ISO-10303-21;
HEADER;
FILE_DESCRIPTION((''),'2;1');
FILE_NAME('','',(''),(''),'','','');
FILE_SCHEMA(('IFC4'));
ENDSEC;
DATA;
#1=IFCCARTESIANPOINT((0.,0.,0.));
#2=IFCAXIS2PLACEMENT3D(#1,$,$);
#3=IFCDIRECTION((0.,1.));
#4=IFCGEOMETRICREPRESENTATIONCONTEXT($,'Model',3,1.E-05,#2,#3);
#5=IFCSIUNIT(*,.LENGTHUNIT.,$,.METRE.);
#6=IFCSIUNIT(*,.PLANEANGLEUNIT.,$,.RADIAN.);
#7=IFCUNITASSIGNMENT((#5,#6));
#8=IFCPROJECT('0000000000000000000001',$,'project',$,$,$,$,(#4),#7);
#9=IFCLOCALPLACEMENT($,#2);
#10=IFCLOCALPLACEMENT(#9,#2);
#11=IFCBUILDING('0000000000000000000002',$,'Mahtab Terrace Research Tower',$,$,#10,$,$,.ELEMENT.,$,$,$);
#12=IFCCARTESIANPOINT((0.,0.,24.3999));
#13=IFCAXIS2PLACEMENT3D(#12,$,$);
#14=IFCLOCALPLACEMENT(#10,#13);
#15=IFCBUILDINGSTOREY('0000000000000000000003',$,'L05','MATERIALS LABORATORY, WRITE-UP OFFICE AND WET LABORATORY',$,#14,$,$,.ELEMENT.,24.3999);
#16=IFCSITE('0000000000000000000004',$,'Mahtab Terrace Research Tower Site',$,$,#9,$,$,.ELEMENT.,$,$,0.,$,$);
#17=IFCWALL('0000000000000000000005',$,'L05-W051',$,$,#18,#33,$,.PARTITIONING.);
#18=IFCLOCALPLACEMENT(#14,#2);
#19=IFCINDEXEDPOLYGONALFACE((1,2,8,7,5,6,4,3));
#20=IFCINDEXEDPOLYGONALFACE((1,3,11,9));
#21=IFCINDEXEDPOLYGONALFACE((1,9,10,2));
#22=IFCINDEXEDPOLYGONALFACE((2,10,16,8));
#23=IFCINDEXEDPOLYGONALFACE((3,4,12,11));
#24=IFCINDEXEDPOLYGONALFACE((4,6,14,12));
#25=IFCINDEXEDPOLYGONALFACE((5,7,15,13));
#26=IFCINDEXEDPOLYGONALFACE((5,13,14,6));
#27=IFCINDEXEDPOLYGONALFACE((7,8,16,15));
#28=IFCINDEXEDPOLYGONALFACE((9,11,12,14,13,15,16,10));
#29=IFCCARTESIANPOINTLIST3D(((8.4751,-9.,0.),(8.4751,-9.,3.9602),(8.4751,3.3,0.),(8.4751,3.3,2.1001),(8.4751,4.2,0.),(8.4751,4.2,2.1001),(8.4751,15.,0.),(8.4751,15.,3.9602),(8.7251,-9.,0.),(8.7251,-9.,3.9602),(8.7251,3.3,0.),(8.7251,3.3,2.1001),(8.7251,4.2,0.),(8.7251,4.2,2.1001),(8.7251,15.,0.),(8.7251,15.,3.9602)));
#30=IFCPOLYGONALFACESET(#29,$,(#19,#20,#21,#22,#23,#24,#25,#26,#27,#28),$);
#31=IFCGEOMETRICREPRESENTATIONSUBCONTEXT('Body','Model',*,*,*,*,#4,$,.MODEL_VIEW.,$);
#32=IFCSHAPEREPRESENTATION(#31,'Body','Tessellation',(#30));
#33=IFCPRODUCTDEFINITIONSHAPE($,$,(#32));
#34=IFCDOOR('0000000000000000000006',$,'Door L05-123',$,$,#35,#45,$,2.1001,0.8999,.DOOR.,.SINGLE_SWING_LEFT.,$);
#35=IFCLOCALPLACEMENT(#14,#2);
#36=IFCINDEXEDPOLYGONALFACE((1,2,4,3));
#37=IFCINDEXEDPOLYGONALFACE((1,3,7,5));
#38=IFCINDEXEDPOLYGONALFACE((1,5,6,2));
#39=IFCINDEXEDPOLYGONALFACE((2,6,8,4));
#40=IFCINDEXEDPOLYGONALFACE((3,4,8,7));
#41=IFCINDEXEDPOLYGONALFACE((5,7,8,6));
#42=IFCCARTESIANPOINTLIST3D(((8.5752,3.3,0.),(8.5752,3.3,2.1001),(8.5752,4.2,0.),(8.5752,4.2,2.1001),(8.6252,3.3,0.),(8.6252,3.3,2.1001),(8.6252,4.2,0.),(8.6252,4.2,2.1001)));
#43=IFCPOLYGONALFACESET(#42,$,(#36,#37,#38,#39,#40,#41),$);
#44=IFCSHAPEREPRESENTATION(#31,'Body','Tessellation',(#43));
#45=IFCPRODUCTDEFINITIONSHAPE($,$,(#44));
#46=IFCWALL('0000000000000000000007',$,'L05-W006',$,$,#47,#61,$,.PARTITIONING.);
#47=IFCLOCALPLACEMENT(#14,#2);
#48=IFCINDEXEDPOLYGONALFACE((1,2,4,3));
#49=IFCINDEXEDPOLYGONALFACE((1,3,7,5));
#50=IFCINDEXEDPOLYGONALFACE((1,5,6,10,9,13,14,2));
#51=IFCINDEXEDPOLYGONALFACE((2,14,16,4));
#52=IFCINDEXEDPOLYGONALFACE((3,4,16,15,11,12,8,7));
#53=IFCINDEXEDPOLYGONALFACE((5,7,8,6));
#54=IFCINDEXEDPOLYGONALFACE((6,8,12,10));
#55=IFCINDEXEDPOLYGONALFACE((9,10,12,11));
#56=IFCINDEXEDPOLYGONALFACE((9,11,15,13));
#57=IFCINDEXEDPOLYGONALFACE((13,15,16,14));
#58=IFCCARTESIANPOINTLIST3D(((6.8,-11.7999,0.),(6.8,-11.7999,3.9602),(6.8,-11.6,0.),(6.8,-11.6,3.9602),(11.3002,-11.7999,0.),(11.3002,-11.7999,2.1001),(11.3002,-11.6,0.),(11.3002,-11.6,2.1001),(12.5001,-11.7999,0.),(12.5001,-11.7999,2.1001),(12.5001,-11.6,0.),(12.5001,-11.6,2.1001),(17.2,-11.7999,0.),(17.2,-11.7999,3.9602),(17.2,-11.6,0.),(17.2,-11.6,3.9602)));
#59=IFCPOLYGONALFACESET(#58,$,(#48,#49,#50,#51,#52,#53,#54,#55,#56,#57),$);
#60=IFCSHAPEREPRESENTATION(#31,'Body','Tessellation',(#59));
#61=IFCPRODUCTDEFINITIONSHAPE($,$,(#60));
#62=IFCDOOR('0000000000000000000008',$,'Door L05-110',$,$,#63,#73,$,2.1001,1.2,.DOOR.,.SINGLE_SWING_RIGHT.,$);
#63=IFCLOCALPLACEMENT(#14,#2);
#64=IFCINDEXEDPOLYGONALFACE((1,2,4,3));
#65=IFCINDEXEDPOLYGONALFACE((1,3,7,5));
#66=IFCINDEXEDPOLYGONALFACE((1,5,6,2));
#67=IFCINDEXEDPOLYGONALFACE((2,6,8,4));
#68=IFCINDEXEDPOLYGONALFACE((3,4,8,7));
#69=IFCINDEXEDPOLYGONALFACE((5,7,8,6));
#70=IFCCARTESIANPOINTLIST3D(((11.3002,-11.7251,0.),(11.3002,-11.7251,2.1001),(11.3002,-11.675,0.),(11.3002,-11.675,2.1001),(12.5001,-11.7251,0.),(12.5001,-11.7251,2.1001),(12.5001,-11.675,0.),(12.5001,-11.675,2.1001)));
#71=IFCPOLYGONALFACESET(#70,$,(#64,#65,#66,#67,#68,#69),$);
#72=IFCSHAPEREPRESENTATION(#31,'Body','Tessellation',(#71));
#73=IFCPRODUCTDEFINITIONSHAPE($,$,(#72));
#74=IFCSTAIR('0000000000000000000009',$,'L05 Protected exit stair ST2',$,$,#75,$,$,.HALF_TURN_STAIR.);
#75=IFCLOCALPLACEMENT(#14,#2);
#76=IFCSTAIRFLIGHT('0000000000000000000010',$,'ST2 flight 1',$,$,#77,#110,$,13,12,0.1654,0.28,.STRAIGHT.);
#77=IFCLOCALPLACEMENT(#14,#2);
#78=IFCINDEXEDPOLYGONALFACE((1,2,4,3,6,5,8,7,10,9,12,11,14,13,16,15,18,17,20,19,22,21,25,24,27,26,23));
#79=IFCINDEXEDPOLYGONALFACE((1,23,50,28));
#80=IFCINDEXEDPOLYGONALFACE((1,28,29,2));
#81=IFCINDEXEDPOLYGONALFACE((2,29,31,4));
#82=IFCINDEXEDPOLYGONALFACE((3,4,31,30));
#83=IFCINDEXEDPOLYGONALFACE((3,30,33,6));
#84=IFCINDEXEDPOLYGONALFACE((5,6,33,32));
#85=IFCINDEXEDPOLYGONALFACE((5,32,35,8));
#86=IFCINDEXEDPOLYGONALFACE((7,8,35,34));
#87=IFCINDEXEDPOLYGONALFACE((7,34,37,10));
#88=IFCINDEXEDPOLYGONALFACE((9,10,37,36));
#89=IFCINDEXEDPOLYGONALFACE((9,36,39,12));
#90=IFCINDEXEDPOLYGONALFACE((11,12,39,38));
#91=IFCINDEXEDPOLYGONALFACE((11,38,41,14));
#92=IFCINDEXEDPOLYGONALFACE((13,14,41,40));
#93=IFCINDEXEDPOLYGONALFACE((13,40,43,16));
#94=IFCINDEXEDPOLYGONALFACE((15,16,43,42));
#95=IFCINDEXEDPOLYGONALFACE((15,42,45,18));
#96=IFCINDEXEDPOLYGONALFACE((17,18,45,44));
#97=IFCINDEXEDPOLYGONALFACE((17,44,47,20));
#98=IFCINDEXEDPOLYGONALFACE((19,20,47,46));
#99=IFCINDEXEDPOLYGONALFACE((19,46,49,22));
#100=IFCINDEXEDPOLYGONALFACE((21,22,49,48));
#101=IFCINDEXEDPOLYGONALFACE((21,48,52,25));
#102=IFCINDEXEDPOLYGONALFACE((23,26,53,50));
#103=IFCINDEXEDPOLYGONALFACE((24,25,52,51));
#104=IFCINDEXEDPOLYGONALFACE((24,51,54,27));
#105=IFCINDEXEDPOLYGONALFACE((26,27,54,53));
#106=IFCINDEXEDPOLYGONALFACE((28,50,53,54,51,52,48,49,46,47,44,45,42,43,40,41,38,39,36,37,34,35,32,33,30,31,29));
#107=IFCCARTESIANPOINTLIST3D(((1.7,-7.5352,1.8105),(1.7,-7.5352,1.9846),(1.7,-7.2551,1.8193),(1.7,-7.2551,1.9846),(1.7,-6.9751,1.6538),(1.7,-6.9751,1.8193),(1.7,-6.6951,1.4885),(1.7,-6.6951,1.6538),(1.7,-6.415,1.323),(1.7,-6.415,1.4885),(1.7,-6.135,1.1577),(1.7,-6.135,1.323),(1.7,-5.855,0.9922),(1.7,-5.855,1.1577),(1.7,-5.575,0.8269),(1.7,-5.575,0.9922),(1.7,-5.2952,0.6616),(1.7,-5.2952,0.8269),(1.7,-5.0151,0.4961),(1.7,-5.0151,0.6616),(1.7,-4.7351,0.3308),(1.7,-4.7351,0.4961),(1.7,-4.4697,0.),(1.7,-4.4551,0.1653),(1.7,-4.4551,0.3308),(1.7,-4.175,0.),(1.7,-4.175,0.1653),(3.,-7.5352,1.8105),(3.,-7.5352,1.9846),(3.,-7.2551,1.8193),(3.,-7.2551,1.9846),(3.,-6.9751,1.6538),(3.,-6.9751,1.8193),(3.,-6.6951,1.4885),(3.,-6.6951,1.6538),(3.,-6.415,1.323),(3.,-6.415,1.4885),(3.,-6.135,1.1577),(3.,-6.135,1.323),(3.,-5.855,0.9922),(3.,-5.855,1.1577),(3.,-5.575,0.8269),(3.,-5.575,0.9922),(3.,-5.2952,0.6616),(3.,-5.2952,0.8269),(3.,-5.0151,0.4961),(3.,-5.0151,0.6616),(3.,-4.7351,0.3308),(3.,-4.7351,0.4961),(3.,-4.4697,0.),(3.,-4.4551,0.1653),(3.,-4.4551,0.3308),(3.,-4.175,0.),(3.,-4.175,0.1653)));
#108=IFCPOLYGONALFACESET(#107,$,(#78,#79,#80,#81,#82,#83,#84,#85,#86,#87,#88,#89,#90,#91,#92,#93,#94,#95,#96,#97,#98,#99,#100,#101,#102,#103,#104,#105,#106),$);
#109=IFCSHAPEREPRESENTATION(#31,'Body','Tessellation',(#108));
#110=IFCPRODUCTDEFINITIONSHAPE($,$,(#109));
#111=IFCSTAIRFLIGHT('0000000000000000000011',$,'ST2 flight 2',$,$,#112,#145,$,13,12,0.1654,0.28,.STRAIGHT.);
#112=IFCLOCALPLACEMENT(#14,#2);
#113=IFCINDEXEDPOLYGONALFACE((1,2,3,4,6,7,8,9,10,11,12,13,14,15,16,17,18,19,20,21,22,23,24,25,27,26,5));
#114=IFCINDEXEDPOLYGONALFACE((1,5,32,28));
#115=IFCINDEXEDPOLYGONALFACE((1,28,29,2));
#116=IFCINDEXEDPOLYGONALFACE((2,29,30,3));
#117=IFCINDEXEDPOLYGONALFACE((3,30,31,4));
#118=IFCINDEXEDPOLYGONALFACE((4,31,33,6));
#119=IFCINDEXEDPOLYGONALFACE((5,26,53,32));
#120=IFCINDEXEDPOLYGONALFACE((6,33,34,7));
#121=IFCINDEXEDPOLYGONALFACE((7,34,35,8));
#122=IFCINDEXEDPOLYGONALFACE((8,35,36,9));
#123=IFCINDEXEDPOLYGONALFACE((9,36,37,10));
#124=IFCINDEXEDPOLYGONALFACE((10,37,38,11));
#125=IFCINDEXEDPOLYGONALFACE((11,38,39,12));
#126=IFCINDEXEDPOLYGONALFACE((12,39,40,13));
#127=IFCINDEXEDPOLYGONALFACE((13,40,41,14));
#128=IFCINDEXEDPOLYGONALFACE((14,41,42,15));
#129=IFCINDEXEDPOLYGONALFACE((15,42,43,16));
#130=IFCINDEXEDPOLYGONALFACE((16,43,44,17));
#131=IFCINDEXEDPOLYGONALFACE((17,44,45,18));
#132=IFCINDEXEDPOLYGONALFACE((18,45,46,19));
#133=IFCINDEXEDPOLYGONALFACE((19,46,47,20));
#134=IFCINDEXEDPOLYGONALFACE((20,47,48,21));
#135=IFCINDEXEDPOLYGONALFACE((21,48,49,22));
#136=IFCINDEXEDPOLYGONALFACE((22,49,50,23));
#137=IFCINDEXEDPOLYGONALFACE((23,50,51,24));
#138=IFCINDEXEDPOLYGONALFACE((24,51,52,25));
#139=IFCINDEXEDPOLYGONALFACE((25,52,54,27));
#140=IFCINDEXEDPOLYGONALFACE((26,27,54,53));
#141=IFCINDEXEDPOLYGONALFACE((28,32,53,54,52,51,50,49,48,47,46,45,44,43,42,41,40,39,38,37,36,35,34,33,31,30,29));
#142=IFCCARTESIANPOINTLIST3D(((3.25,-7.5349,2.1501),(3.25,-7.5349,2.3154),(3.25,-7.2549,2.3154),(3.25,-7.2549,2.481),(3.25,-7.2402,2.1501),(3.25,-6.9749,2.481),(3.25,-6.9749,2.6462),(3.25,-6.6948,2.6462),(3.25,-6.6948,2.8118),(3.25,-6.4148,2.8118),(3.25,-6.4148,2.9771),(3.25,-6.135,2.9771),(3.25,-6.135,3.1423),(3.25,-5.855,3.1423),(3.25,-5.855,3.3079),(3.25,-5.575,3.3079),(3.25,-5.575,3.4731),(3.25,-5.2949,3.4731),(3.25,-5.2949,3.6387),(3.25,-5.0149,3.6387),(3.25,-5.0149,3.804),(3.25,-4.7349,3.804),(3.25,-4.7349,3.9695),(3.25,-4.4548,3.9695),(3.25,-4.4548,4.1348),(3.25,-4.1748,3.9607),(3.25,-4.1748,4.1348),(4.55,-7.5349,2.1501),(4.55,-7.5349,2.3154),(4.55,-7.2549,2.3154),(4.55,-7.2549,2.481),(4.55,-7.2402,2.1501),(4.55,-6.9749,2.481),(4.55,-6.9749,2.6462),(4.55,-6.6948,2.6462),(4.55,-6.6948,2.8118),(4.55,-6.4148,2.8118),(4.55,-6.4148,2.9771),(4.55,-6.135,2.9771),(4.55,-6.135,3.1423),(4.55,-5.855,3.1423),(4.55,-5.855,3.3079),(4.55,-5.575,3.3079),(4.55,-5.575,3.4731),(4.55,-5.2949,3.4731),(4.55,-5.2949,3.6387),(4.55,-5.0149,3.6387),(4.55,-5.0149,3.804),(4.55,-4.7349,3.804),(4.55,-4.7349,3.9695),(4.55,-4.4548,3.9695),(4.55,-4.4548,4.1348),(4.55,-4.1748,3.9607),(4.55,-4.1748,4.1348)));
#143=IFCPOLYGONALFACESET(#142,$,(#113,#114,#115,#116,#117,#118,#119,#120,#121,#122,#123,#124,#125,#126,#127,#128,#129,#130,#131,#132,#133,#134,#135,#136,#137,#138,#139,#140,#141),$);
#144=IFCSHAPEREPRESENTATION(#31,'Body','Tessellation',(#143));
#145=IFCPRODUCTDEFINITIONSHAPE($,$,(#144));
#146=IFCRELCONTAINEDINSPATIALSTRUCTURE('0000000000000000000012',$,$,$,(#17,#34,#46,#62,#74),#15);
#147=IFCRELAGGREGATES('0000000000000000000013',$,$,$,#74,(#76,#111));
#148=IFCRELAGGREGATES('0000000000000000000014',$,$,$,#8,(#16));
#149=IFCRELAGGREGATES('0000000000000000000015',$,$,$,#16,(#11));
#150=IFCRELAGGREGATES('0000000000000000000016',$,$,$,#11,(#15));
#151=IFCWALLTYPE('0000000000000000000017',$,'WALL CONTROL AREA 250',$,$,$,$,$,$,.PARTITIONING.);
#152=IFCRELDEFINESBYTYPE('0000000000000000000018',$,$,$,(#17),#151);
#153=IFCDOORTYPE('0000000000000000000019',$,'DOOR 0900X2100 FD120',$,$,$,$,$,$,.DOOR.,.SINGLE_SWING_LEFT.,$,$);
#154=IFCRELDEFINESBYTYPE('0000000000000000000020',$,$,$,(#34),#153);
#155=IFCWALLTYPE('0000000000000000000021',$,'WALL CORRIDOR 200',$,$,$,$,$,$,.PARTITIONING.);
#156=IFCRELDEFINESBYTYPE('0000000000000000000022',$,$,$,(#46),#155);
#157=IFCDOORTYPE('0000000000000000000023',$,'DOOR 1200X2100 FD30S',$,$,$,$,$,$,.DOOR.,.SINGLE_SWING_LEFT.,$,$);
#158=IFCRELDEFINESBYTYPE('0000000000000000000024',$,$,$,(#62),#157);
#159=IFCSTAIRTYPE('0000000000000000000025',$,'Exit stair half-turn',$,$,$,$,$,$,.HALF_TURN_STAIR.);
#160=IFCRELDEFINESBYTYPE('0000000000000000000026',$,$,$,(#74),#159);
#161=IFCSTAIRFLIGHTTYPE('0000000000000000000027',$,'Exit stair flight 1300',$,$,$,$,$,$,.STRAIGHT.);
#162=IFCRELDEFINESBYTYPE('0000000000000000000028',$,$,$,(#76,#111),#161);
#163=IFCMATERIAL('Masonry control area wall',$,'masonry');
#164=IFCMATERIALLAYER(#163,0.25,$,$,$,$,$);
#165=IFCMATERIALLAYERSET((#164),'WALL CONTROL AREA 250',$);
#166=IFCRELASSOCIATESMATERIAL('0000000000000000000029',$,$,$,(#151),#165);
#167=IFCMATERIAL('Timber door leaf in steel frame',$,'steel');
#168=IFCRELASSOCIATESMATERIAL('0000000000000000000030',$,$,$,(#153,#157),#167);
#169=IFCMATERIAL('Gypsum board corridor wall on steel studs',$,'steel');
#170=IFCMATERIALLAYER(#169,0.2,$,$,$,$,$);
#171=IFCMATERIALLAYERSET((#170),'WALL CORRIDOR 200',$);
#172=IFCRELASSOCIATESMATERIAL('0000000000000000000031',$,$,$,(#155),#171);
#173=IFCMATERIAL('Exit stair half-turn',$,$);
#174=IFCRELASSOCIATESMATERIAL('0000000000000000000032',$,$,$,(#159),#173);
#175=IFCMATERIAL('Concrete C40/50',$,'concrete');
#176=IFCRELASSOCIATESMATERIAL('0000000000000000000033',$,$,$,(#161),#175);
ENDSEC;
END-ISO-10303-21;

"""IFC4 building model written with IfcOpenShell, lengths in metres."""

from ifc_helpers import new_model, si_unit, direction, frame, frame_2d, origin, place, context, subcontext, project, spatial, polyline, rectangle, outline, extrude, material, layer, layer_set, type_object, element, fill, aggregate, save


model = new_model("IFC4")

# Units and contexts
model_context = context("Model", 3, precision=1e-05, world=origin(), true_north=direction((0.0, 1.0)))
body_context = subcontext(model_context, "Body", "Model", "MODEL_VIEW")
ifc_project = project(units=[si_unit("LENGTHUNIT", "METRE"), si_unit("PLANEANGLEUNIT", "RADIAN")], contexts=[model_context])

# Site, building, storey
site_placement = place(None, origin())
site = spatial("IfcSite", under=ifc_project, at=site_placement, Name="Mahtab Terrace Research Tower Site", CompositionType="ELEMENT", RefElevation=0.0)
building_placement = place(site_placement, origin())
building = spatial("IfcBuilding", under=site, at=building_placement, Name="Mahtab Terrace Research Tower", CompositionType="ELEMENT")
storey_placement = place(building_placement, frame((0.0, 0.0, 24.3999)))
storey = spatial("IfcBuildingStorey", under=building, at=storey_placement, Name="L05", Description="MATERIALS LABORATORY, WRITE-UP OFFICE AND WET LABORATORY", CompositionType="ELEMENT", Elevation=24.3999)

# Walls, openings, doors
ifc_material_1 = material(Name="Masonry control area wall", Category="masonry")
ifc_layer_1 = layer(ifc_material_1, 0.25)
ifc_layer_set_1 = layer_set([ifc_layer_1], Name="WALL CONTROL AREA 250")
wall_type_1 = type_object("IfcWallType", Name="WALL CONTROL AREA 250", PredefinedType="PARTITIONING", material=ifc_layer_set_1)
ifc_material_2 = material(Name="Timber door leaf in steel frame", Category="steel")
door_type_1 = type_object("IfcDoorType", Name="DOOR 0900X2100 FD120", OperationType="SINGLE_SWING_LEFT", PredefinedType="DOOR", material=ifc_material_2)
wall_1_placement = place(storey_placement, frame((8.6001, -9.0, 0.0), z_axis=(0.0, 0.0, 1.0), x_axis=(0.0, 1.0, 0.0)))
wall_1 = element("IfcWall", 1, at=wall_1_placement, inside=storey, type_object=wall_type_1, Name="L05-W051", PredefinedType="PARTITIONING", context=body_context, shape_type="SweptSolid", body=[
    extrude(rectangle(XDim=24.0, YDim=0.25, at=frame_2d((12.0, 0.0))), origin(), (0.0, 0.0, 1.0), 3.9602),
])
opening_1_placement = place(wall_1_placement, frame((12.3, 0.0, 0.0)))
opening_1 = element("IfcOpeningElement", 2, at=opening_1_placement, cuts=wall_1, PredefinedType="OPENING", context=body_context, shape_type="SweptSolid", body=[
    extrude(rectangle(XDim=0.8999, YDim=2.1001, at=frame_2d((0.45, 1.05))), frame((0.0, 0.135, 0.0), z_axis=(0.0, -1.0, 0.0), x_axis=(1.0, 0.0, 0.0)), (0.0, 0.0, 1.0), 0.27),
])
door_1_placement = place(opening_1_placement, origin())
door_1 = element("IfcDoor", 3, at=door_1_placement, inside=storey, type_object=door_type_1, Name="Door L05-123", OperationType="SINGLE_SWING_LEFT", OverallHeight=2.1001, OverallWidth=0.8999, PredefinedType="DOOR", context=body_context, shape_type="SweptSolid", body=[
    extrude(rectangle(XDim=0.8999, YDim=2.1001, at=frame_2d((0.45, 1.05))), frame((0.0, 0.0249, 0.0), z_axis=(0.0, -1.0, 0.0), x_axis=(1.0, 0.0, 0.0)), (0.0, 0.0, 1.0), 0.05),
])
fill(opening_1, door_1)
ifc_material_3 = material(Name="Gypsum board corridor wall on steel studs", Category="steel")
ifc_layer_2 = layer(ifc_material_3, 0.2)
ifc_layer_set_2 = layer_set([ifc_layer_2], Name="WALL CORRIDOR 200")
wall_type_2 = type_object("IfcWallType", Name="WALL CORRIDOR 200", PredefinedType="PARTITIONING", material=ifc_layer_set_2)
wall_2_placement = place(storey_placement, frame((6.8, -11.7, 0.0), z_axis=(0.0, 0.0, 1.0), x_axis=(1.0, 0.0, 0.0)))
wall_2 = element("IfcWall", 4, at=wall_2_placement, inside=storey, type_object=wall_type_2, Name="L05-W006", PredefinedType="PARTITIONING", context=body_context, shape_type="SweptSolid", body=[
    extrude(rectangle(XDim=10.3999, YDim=0.2, at=frame_2d((5.2, 0.0))), origin(), (0.0, 0.0, 1.0), 3.9602),
])
opening_2_placement = place(wall_2_placement, frame((4.5, 0.0, 0.0)))
opening_2 = element("IfcOpeningElement", 5, at=opening_2_placement, cuts=wall_2, PredefinedType="OPENING", context=body_context, shape_type="SweptSolid", body=[
    extrude(rectangle(XDim=1.2, YDim=2.1001, at=frame_2d((0.6001, 1.05))), frame((0.0, 0.1099, 0.0), z_axis=(0.0, -1.0, 0.0), x_axis=(1.0, 0.0, 0.0)), (0.0, 0.0, 1.0), 0.22),
])
door_type_2 = type_object("IfcDoorType", Name="DOOR 1200X2100 FD30S", OperationType="SINGLE_SWING_LEFT", PredefinedType="DOOR", material=ifc_material_2)
door_2_placement = place(opening_2_placement, origin())
door_2 = element("IfcDoor", 6, at=door_2_placement, inside=storey, type_object=door_type_2, Name="Door L05-110", OperationType="SINGLE_SWING_RIGHT", OverallHeight=2.1001, OverallWidth=1.2, PredefinedType="DOOR", context=body_context, shape_type="SweptSolid", body=[
    extrude(rectangle(XDim=1.2, YDim=2.1001, at=frame_2d((0.6001, 1.05))), frame((0.0, 0.0249, 0.0), z_axis=(0.0, -1.0, 0.0), x_axis=(1.0, 0.0, 0.0)), (0.0, 0.0, 1.0), 0.05),
])
fill(opening_2, door_2)

# Stair, stair flights
ifc_material_4 = material(Name="Exit stair half-turn")
stair_type = type_object("IfcStairType", Name="Exit stair half-turn", PredefinedType="HALF_TURN_STAIR", material=ifc_material_4)
stair_placement = place(storey_placement, origin())
stair = element("IfcStair", 7, at=stair_placement, inside=storey, type_object=stair_type, Name="L05 Protected exit stair ST2", PredefinedType="HALF_TURN_STAIR")
ifc_material_5 = material(Name="Concrete C40/50", Category="concrete")
stair_flight_type = type_object("IfcStairFlightType", Name="Exit stair flight 1300", PredefinedType="STRAIGHT", material=ifc_material_5)
stair_flight_1_placement = place(storey_placement, frame((2.3501, -4.175, 0.0), z_axis=(0.0, 0.0, 1.0), x_axis=(0.0, -1.0, 0.0)))
stair_flight_1 = element("IfcStairFlight", 8, at=stair_flight_1_placement, type_object=stair_flight_type, Name="ST2 flight 1", NumberOfRisers=13, NumberOfTreads=12, PredefinedType="STRAIGHT", RiserHeight=0.1654, TreadLength=0.28, context=body_context, shape_type="SweptSolid", body=[
    extrude(outline(polyline([(0.0, 0.0), (0.0, 0.1653), (0.28, 0.1653), (0.28, 0.3308), (0.5601, 0.3308), (0.5601, 0.4961), (0.8401, 0.4961), (0.8401, 0.6616), (1.1201, 0.6616), (1.1201, 0.8269), (1.3999, 0.8269), (1.3999, 0.9922), (1.6799, 0.9922), (1.6799, 1.1577), (1.96, 1.1577), (1.96, 1.323), (2.24, 1.323), (2.24, 1.4885), (2.52, 1.4885), (2.52, 1.6538), (2.8, 1.6538), (2.8, 1.8193), (3.0801, 1.8193), (3.0801, 1.9846), (3.3601, 1.9846), (3.3601, 2.1499), (3.3601, 1.8105), (0.2947, 0.0), (0.0, 0.0)])), frame((0.0, 0.6499, 0.0), z_axis=(0.0, -1.0, 0.0), x_axis=(1.0, 0.0, 0.0)), (0.0, 0.0, 1.0), 1.3),
])
stair_flight_2_placement = place(storey_placement, frame((3.8999, -7.5349, 2.1501), z_axis=(0.0, 0.0, 1.0), x_axis=(0.0, 1.0, 0.0)))
stair_flight_2 = element("IfcStairFlight", 9, at=stair_flight_2_placement, type_object=stair_flight_type, Name="ST2 flight 2", NumberOfRisers=13, NumberOfTreads=12, PredefinedType="STRAIGHT", RiserHeight=0.1654, TreadLength=0.28, context=body_context, shape_type="SweptSolid", body=[
    extrude(outline(polyline([(0.0, 0.0), (0.0, 0.1653), (0.28, 0.1653), (0.28, 0.3308), (0.5601, 0.3308), (0.5601, 0.4961), (0.8401, 0.4961), (0.8401, 0.6616), (1.1201, 0.6616), (1.1201, 0.8269), (1.3999, 0.8269), (1.3999, 0.9922), (1.6799, 0.9922), (1.6799, 1.1577), (1.96, 1.1577), (1.96, 1.323), (2.24, 1.323), (2.24, 1.4885), (2.52, 1.4885), (2.52, 1.6538), (2.8, 1.6538), (2.8, 1.8193), (3.0801, 1.8193), (3.0801, 1.9846), (3.3601, 1.9846), (3.3601, 2.1499), (3.3601, 1.8105), (0.2947, 0.0), (0.0, 0.0)])), frame((0.0, 0.6499, 0.0), z_axis=(0.0, -1.0, 0.0), x_axis=(1.0, 0.0, 0.0)), (0.0, 0.0, 1.0), 1.3),
])
aggregate(stair, [stair_flight_1, stair_flight_2])

save(model, "model.ifc")
